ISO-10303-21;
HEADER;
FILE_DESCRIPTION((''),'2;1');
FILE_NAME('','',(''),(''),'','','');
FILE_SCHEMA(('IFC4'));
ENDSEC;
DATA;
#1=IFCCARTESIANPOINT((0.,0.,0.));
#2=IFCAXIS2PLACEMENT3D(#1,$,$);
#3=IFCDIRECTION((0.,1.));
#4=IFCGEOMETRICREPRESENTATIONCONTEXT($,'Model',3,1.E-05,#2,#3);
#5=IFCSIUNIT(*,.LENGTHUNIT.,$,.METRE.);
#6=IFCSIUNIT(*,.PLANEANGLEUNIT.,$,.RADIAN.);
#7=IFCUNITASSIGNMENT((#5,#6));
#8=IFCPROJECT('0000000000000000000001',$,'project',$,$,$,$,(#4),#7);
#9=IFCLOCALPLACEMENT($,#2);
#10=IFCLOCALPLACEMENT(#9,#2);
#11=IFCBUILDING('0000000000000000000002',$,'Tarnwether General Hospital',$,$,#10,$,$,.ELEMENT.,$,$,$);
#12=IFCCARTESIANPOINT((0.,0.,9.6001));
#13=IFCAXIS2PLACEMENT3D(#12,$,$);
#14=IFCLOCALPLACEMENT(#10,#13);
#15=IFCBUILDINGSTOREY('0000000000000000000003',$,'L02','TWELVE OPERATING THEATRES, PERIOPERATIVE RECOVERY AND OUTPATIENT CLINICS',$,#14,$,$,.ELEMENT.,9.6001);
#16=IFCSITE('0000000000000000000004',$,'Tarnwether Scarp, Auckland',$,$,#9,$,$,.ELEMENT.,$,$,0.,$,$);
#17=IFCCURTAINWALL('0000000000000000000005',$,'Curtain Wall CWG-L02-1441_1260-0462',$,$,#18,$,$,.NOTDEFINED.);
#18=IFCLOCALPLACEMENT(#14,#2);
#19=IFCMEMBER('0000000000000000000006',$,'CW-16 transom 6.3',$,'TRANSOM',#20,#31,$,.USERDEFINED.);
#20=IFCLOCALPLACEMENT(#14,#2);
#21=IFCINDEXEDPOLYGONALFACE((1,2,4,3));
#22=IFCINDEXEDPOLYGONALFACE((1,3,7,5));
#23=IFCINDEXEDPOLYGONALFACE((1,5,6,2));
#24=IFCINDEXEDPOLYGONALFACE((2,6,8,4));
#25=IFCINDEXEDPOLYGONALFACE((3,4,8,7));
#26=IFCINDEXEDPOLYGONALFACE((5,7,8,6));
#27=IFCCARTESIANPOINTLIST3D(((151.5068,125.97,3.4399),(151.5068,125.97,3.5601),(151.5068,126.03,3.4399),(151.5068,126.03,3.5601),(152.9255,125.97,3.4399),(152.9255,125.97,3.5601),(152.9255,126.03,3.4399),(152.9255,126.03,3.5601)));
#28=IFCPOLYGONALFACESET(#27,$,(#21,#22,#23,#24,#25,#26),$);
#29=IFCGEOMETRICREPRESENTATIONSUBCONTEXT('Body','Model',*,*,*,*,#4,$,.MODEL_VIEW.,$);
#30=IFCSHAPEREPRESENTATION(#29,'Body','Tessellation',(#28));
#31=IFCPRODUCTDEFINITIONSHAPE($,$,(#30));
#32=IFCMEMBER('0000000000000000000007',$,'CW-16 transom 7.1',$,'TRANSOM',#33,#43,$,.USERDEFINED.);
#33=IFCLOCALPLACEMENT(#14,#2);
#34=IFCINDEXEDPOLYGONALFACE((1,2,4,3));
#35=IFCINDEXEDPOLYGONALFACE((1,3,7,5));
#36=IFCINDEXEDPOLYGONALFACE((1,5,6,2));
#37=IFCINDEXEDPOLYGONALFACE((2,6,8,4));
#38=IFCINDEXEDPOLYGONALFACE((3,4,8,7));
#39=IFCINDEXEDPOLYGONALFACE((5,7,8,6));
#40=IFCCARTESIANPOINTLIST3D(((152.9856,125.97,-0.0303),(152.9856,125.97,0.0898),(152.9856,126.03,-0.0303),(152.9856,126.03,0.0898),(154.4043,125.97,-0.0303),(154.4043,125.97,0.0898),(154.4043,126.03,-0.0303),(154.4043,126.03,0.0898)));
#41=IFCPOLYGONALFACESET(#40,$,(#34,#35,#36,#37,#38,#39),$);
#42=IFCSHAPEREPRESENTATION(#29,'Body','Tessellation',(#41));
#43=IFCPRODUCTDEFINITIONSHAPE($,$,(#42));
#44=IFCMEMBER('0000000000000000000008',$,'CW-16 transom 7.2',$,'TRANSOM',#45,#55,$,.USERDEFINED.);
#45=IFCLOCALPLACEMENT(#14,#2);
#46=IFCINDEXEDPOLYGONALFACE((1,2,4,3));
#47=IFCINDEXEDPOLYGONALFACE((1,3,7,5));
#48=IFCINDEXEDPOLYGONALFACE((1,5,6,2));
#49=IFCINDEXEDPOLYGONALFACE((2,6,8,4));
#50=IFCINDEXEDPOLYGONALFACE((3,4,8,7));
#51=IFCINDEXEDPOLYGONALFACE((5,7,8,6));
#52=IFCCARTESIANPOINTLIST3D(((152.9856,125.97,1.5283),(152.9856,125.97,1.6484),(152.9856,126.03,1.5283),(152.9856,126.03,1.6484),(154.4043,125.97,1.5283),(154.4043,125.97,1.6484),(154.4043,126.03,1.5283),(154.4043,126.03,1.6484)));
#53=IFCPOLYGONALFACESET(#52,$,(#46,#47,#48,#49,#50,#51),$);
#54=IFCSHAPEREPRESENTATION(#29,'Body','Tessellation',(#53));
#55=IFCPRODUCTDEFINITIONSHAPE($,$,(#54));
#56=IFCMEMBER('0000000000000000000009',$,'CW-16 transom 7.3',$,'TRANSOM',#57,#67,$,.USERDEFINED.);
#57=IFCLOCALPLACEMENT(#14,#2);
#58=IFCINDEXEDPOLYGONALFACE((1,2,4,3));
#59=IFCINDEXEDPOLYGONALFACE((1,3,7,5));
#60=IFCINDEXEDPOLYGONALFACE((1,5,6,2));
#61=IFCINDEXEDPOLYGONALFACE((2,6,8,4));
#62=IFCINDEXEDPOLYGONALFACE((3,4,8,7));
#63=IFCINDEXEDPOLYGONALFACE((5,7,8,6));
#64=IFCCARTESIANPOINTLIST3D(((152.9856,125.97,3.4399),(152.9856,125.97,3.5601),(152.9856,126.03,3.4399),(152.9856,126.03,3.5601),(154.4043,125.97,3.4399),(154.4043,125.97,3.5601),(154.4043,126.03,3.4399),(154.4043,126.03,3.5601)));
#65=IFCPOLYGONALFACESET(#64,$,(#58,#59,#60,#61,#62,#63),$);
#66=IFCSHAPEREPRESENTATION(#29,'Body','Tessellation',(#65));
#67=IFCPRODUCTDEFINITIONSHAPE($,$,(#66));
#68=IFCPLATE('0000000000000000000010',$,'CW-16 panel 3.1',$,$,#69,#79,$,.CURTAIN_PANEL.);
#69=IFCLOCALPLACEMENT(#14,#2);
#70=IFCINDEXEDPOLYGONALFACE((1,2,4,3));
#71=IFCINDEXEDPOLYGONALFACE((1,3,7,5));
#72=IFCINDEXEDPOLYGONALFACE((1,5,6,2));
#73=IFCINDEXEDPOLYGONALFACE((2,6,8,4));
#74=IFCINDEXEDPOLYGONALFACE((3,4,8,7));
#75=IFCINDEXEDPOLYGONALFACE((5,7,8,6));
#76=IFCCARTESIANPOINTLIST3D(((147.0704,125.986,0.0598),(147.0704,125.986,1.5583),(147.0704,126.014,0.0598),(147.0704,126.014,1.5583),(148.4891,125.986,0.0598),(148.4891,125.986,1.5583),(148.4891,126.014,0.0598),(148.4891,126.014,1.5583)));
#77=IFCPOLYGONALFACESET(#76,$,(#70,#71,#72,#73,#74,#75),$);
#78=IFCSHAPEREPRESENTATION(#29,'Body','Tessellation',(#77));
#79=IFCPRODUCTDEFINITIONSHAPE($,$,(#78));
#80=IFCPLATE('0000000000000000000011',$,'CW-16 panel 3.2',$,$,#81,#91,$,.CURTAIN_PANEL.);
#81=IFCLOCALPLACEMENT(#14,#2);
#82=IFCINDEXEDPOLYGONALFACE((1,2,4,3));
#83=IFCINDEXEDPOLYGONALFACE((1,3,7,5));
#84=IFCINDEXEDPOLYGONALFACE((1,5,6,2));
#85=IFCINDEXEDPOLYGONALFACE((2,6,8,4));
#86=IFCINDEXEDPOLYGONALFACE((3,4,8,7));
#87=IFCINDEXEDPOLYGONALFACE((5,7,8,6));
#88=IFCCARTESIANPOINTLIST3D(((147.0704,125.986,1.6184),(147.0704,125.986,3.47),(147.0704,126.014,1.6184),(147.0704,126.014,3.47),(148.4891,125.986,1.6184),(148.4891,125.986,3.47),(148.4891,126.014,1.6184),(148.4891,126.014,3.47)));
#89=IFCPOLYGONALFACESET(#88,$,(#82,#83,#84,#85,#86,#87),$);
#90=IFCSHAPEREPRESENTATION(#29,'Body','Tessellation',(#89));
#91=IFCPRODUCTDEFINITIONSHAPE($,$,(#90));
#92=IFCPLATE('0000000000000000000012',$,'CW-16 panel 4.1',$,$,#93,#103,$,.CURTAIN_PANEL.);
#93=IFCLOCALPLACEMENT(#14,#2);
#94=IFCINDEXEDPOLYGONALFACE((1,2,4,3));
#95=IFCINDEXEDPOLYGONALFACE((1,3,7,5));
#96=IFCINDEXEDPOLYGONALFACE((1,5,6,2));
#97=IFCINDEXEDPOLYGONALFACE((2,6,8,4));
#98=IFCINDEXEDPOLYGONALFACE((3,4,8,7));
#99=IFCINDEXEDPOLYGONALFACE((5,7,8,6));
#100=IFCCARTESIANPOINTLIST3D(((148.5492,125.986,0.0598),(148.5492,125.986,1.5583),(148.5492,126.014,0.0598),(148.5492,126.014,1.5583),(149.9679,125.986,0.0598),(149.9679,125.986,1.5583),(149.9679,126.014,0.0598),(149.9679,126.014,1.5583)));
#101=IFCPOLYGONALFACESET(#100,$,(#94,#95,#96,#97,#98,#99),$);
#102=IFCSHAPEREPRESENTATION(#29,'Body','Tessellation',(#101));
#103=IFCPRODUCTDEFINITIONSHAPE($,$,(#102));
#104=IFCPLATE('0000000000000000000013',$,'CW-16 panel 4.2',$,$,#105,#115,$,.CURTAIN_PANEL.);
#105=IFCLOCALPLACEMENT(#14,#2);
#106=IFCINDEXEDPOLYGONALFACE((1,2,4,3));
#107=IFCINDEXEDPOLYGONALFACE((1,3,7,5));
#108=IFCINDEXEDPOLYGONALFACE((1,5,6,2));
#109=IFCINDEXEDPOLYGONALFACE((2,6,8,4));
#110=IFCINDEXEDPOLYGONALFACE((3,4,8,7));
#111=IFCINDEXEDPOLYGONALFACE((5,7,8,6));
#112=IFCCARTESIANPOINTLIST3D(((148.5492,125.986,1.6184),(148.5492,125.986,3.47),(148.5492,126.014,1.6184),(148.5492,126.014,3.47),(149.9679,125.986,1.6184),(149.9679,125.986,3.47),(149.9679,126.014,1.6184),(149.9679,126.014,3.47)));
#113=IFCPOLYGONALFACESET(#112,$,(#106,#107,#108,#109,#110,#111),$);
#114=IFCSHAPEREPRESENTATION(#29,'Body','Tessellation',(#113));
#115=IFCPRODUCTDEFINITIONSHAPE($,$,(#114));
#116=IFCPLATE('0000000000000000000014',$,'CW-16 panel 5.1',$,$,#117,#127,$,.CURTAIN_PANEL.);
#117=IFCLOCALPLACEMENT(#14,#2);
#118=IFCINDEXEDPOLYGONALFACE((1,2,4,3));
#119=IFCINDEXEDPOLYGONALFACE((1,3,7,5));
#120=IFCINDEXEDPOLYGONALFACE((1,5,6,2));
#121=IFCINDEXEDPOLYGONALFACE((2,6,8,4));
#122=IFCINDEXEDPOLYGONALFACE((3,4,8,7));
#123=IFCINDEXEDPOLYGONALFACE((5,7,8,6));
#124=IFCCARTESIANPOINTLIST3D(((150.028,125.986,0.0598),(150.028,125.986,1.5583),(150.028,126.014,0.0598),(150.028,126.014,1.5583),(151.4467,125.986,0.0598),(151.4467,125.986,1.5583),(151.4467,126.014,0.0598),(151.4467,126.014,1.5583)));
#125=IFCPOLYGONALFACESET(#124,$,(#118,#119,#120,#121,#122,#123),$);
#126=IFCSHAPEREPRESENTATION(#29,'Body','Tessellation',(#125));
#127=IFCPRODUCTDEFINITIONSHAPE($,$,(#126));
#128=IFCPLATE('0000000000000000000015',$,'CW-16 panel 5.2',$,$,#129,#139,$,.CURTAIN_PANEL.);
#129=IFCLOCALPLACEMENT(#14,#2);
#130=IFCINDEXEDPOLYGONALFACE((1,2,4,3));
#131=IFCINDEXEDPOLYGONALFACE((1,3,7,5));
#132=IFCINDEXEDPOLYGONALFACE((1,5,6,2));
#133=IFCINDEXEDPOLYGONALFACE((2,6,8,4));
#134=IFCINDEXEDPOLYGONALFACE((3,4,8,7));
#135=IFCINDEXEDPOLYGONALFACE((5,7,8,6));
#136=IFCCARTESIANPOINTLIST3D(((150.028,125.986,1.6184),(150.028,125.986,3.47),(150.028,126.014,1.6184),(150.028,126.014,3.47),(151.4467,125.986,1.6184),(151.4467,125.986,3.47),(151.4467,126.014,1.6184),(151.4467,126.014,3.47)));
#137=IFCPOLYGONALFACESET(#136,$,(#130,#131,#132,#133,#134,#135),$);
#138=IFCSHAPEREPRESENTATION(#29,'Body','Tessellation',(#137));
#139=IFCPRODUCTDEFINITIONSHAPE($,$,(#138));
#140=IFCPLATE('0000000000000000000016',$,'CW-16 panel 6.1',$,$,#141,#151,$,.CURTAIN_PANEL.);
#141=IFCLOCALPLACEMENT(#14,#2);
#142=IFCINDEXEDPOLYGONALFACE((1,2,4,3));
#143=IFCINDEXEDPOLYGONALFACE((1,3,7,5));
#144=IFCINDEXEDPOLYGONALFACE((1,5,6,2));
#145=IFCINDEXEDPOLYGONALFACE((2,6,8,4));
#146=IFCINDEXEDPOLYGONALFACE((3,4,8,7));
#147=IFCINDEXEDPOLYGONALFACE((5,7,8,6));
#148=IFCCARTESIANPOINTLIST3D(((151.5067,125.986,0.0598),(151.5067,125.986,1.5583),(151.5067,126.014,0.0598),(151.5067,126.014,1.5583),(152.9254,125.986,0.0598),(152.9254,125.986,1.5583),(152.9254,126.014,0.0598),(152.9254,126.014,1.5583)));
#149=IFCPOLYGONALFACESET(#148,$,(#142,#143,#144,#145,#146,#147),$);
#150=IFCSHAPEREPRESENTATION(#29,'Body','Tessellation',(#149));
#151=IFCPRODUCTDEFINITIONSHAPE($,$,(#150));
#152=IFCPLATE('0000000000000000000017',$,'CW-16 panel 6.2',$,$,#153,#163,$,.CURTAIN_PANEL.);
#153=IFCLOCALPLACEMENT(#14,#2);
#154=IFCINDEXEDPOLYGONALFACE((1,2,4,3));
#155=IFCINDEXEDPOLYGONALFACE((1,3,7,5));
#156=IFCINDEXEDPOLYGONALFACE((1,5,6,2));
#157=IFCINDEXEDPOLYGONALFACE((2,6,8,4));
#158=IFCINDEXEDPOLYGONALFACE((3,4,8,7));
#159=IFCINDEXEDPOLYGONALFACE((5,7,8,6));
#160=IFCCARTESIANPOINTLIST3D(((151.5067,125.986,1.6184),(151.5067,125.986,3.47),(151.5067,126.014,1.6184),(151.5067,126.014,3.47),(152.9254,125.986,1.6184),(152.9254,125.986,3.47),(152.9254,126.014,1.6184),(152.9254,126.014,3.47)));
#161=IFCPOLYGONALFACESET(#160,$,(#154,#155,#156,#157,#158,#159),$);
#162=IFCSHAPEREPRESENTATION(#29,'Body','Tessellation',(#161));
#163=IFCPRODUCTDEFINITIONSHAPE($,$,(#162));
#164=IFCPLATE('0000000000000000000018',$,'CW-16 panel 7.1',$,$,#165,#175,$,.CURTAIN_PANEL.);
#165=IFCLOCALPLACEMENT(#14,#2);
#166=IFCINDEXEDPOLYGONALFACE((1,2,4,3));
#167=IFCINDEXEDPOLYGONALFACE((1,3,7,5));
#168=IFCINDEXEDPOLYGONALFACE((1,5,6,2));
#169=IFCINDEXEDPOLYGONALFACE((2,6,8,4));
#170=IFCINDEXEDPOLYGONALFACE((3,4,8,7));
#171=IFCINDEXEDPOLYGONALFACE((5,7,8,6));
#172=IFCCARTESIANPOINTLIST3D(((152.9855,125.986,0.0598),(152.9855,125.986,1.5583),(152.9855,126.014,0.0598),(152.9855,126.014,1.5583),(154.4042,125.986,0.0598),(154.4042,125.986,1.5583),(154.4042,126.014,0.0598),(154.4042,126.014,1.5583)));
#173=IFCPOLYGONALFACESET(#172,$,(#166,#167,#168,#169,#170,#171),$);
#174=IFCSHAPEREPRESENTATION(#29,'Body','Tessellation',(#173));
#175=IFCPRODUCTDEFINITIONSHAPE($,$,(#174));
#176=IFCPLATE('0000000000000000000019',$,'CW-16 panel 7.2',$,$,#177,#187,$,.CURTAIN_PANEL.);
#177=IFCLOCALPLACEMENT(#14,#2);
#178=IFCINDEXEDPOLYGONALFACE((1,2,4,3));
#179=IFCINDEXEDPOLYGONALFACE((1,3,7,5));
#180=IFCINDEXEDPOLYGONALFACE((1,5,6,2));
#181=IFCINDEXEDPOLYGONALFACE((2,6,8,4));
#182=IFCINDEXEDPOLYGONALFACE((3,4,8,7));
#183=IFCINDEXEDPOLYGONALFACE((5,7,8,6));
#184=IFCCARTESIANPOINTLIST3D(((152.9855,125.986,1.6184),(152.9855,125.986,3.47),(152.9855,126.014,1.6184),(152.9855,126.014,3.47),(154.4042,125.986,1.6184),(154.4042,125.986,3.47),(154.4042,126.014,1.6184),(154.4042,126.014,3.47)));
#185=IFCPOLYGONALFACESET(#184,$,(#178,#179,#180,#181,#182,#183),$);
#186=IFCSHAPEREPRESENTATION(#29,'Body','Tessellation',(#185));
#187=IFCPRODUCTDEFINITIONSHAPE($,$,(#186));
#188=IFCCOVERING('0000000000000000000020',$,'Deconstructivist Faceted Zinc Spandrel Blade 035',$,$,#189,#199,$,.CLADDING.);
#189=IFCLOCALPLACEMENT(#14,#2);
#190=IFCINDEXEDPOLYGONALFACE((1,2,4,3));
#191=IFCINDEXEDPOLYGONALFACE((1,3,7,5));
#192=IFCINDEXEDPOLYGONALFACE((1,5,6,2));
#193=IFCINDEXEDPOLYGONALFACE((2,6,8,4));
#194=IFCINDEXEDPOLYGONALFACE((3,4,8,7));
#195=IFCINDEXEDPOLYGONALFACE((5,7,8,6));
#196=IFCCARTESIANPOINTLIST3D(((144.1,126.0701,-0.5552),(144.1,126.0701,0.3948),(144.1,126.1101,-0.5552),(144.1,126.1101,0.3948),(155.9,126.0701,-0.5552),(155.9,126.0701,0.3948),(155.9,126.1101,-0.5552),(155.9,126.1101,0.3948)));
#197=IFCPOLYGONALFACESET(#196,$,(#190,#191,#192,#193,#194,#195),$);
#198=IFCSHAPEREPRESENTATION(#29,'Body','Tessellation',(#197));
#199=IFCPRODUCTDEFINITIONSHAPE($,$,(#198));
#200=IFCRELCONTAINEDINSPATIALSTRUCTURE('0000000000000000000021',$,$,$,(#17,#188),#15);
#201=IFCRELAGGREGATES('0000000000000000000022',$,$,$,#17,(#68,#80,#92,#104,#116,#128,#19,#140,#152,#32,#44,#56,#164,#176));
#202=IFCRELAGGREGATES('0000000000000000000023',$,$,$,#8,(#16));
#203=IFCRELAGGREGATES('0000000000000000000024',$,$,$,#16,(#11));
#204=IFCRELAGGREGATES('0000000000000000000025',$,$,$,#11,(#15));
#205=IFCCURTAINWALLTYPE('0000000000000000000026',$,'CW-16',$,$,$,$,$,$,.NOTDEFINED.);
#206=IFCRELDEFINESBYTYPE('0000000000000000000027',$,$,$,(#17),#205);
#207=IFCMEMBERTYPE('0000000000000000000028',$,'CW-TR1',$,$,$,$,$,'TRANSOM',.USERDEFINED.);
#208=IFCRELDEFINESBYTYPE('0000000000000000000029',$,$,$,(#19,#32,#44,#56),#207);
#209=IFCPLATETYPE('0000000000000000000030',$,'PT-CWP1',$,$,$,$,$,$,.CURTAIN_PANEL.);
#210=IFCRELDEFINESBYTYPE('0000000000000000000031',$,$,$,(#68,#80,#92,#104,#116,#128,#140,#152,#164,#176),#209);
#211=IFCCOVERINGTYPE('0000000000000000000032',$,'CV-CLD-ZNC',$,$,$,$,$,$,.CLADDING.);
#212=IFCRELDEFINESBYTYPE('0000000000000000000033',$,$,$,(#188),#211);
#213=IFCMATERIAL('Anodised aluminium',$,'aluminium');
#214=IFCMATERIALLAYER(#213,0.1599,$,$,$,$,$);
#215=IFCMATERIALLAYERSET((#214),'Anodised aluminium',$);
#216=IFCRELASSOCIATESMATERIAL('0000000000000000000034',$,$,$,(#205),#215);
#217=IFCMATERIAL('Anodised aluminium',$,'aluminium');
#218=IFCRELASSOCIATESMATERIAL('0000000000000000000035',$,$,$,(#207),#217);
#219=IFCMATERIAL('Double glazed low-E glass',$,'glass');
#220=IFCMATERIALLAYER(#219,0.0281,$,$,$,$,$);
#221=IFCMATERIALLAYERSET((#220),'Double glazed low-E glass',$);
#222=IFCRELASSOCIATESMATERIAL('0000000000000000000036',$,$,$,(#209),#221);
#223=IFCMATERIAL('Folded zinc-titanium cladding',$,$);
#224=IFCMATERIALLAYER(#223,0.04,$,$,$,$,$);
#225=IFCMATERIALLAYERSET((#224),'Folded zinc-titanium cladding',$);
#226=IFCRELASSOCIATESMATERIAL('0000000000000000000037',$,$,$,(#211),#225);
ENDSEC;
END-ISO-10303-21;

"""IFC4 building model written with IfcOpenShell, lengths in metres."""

from ifc_helpers import new_model, si_unit, direction, frame, origin, origin_2d, place, context, subcontext, project, spatial, rectangle, extrude, material, layer, layer_set, material_profile, profile_set, type_object, element, aggregate, save


model = new_model("IFC4")

# Units and contexts
model_context = context("Model", 3, precision=1e-05, world=origin(), true_north=direction((0.0, 1.0)))
body_context = subcontext(model_context, "Body", "Model", "MODEL_VIEW")
ifc_project = project(units=[si_unit("LENGTHUNIT", "METRE"), si_unit("PLANEANGLEUNIT", "RADIAN")], contexts=[model_context])

# Site, building, storey
site_placement = place(None, origin())
site = spatial("IfcSite", under=ifc_project, at=site_placement, Name="Tarnwether Scarp, Auckland", CompositionType="ELEMENT", RefElevation=0.0)
building_placement = place(site_placement, origin())
building = spatial("IfcBuilding", under=site, at=building_placement, Name="Tarnwether General Hospital", CompositionType="ELEMENT")
storey_placement = place(building_placement, frame((0.0, 0.0, 9.6001)))
storey = spatial("IfcBuildingStorey", under=building, at=storey_placement, Name="L02", Description="TWELVE OPERATING THEATRES, PERIOPERATIVE RECOVERY AND OUTPATIENT CLINICS", CompositionType="ELEMENT", Elevation=9.6001)

# Curtain wall, members, plates
ifc_material_1 = material(Name="Anodised aluminium", Category="aluminium")
ifc_layer_1 = layer(ifc_material_1, 0.1599)
ifc_layer_set_1 = layer_set([ifc_layer_1], Name="Anodised aluminium")
curtain_wall_type = type_object("IfcCurtainWallType", Name="CW-16", PredefinedType="NOTDEFINED", material=ifc_layer_set_1)
curtain_wall_placement = place(storey_placement, origin())
curtain_wall = element("IfcCurtainWall", 1, at=curtain_wall_placement, inside=storey, type_object=curtain_wall_type, Name="Curtain Wall CWG-L02-1441_1260-0462", PredefinedType="NOTDEFINED")
ifc_material_2 = material(Name="Anodised aluminium", Category="aluminium")
ifc_material_profile_1 = material_profile(ifc_material_2, rectangle(XDim=0.0601, YDim=0.1201, at=origin_2d()), Name="ALU-TRN-60x120")
ifc_profile_set_1 = profile_set([ifc_material_profile_1], Name="Anodised aluminium")
member_type_1 = type_object("IfcMemberType", Name="CW-TR1", ElementType="TRANSOM", PredefinedType="USERDEFINED", material=ifc_profile_set_1)
member_1_placement = place(storey_placement, frame((151.5068, 126.0, 3.5), z_axis=(1.0, 0.0, 0.0), x_axis=(0.0, 1.0, 0.0)))
member_1 = element("IfcMember", 2, at=member_1_placement, type_object=member_type_1, Name="CW-16 transom 6.3", ObjectType="TRANSOM", PredefinedType="USERDEFINED", context=body_context, shape_type="SweptSolid", body=[
    extrude(rectangle(XDim=0.0601, YDim=0.1201, at=origin_2d()), origin(), (0.0, 0.0, 1.0), 1.4187),
])
member_2_placement = place(storey_placement, frame((152.9856, 126.0, 0.0298), z_axis=(1.0, 0.0, 0.0), x_axis=(0.0, 1.0, 0.0)))
member_2 = element("IfcMember", 3, at=member_2_placement, type_object=member_type_1, Name="CW-16 transom 7.1", ObjectType="TRANSOM", PredefinedType="USERDEFINED", context=body_context, shape_type="SweptSolid", body=[
    extrude(rectangle(XDim=0.0601, YDim=0.1201, at=origin_2d()), origin(), (0.0, 0.0, 1.0), 1.4187),
])
member_3_placement = place(storey_placement, frame((152.9856, 126.0, 1.5884), z_axis=(1.0, 0.0, 0.0), x_axis=(0.0, 1.0, 0.0)))
member_3 = element("IfcMember", 4, at=member_3_placement, type_object=member_type_1, Name="CW-16 transom 7.2", ObjectType="TRANSOM", PredefinedType="USERDEFINED", context=body_context, shape_type="SweptSolid", body=[
    extrude(rectangle(XDim=0.0601, YDim=0.1201, at=origin_2d()), origin(), (0.0, 0.0, 1.0), 1.4187),
])
member_4_placement = place(storey_placement, frame((152.9856, 126.0, 3.5), z_axis=(1.0, 0.0, 0.0), x_axis=(0.0, 1.0, 0.0)))
member_4 = element("IfcMember", 5, at=member_4_placement, type_object=member_type_1, Name="CW-16 transom 7.3", ObjectType="TRANSOM", PredefinedType="USERDEFINED", context=body_context, shape_type="SweptSolid", body=[
    extrude(rectangle(XDim=0.0601, YDim=0.1201, at=origin_2d()), origin(), (0.0, 0.0, 1.0), 1.4187),
])
ifc_material_3 = material(Name="Double glazed low-E glass", Category="glass")
ifc_layer_2 = layer(ifc_material_3, 0.0281)
ifc_layer_set_2 = layer_set([ifc_layer_2], Name="Double glazed low-E glass")
plate_type = type_object("IfcPlateType", Name="PT-CWP1", PredefinedType="CURTAIN_PANEL", material=ifc_layer_set_2)
plate_1_placement = place(storey_placement, frame((147.7798, 126.0, 0.0598), z_axis=(0.0, 0.0, 1.0), x_axis=(1.0, 0.0, 0.0)))
plate_1 = element("IfcPlate", 6, at=plate_1_placement, type_object=plate_type, Name="CW-16 panel 3.1", PredefinedType="CURTAIN_PANEL", context=body_context, shape_type="SweptSolid", body=[
    extrude(rectangle(XDim=1.4187, YDim=0.0281, at=origin_2d()), origin(), (0.0, 0.0, 1.0), 1.4985),
])
plate_2_placement = place(storey_placement, frame((147.7798, 126.0, 1.6184), z_axis=(0.0, 0.0, 1.0), x_axis=(1.0, 0.0, 0.0)))
plate_2 = element("IfcPlate", 7, at=plate_2_placement, type_object=plate_type, Name="CW-16 panel 3.2", PredefinedType="CURTAIN_PANEL", context=body_context, shape_type="SweptSolid", body=[
    extrude(rectangle(XDim=1.4187, YDim=0.0281, at=origin_2d()), origin(), (0.0, 0.0, 1.0), 1.8516),
])
plate_3_placement = place(storey_placement, frame((149.2585, 126.0, 0.0598), z_axis=(0.0, 0.0, 1.0), x_axis=(1.0, 0.0, 0.0)))
plate_3 = element("IfcPlate", 8, at=plate_3_placement, type_object=plate_type, Name="CW-16 panel 4.1", PredefinedType="CURTAIN_PANEL", context=body_context, shape_type="SweptSolid", body=[
    extrude(rectangle(XDim=1.4187, YDim=0.0281, at=origin_2d()), origin(), (0.0, 0.0, 1.0), 1.4985),
])
plate_4_placement = place(storey_placement, frame((149.2585, 126.0, 1.6184), z_axis=(0.0, 0.0, 1.0), x_axis=(1.0, 0.0, 0.0)))
plate_4 = element("IfcPlate", 9, at=plate_4_placement, type_object=plate_type, Name="CW-16 panel 4.2", PredefinedType="CURTAIN_PANEL", context=body_context, shape_type="SweptSolid", body=[
    extrude(rectangle(XDim=1.4187, YDim=0.0281, at=origin_2d()), origin(), (0.0, 0.0, 1.0), 1.8516),
])
plate_5_placement = place(storey_placement, frame((150.7373, 126.0, 0.0598), z_axis=(0.0, 0.0, 1.0), x_axis=(1.0, 0.0, 0.0)))
plate_5 = element("IfcPlate", 10, at=plate_5_placement, type_object=plate_type, Name="CW-16 panel 5.1", PredefinedType="CURTAIN_PANEL", context=body_context, shape_type="SweptSolid", body=[
    extrude(rectangle(XDim=1.4187, YDim=0.0281, at=origin_2d()), origin(), (0.0, 0.0, 1.0), 1.4985),
])
plate_6_placement = place(storey_placement, frame((150.7373, 126.0, 1.6184), z_axis=(0.0, 0.0, 1.0), x_axis=(1.0, 0.0, 0.0)))
plate_6 = element("IfcPlate", 11, at=plate_6_placement, type_object=plate_type, Name="CW-16 panel 5.2", PredefinedType="CURTAIN_PANEL", context=body_context, shape_type="SweptSolid", body=[
    extrude(rectangle(XDim=1.4187, YDim=0.0281, at=origin_2d()), origin(), (0.0, 0.0, 1.0), 1.8516),
])
plate_7_placement = place(storey_placement, frame((152.2161, 126.0, 0.0598), z_axis=(0.0, 0.0, 1.0), x_axis=(1.0, 0.0, 0.0)))
plate_7 = element("IfcPlate", 12, at=plate_7_placement, type_object=plate_type, Name="CW-16 panel 6.1", PredefinedType="CURTAIN_PANEL", context=body_context, shape_type="SweptSolid", body=[
    extrude(rectangle(XDim=1.4187, YDim=0.0281, at=origin_2d()), origin(), (0.0, 0.0, 1.0), 1.4985),
])
plate_8_placement = place(storey_placement, frame((152.2161, 126.0, 1.6184), z_axis=(0.0, 0.0, 1.0), x_axis=(1.0, 0.0, 0.0)))
plate_8 = element("IfcPlate", 13, at=plate_8_placement, type_object=plate_type, Name="CW-16 panel 6.2", PredefinedType="CURTAIN_PANEL", context=body_context, shape_type="SweptSolid", body=[
    extrude(rectangle(XDim=1.4187, YDim=0.0281, at=origin_2d()), origin(), (0.0, 0.0, 1.0), 1.8516),
])
plate_9_placement = place(storey_placement, frame((153.6948, 126.0, 0.0598), z_axis=(0.0, 0.0, 1.0), x_axis=(1.0, 0.0, 0.0)))
plate_9 = element("IfcPlate", 14, at=plate_9_placement, type_object=plate_type, Name="CW-16 panel 7.1", PredefinedType="CURTAIN_PANEL", context=body_context, shape_type="SweptSolid", body=[
    extrude(rectangle(XDim=1.4187, YDim=0.0281, at=origin_2d()), origin(), (0.0, 0.0, 1.0), 1.4985),
])
plate_10_placement = place(storey_placement, frame((153.6948, 126.0, 1.6184), z_axis=(0.0, 0.0, 1.0), x_axis=(1.0, 0.0, 0.0)))
plate_10 = element("IfcPlate", 15, at=plate_10_placement, type_object=plate_type, Name="CW-16 panel 7.2", PredefinedType="CURTAIN_PANEL", context=body_context, shape_type="SweptSolid", body=[
    extrude(rectangle(XDim=1.4187, YDim=0.0281, at=origin_2d()), origin(), (0.0, 0.0, 1.0), 1.8516),
])
aggregate(curtain_wall, [plate_1, plate_2, plate_3, plate_4, plate_5, plate_6, member_1, plate_7, plate_8, member_2, member_3, member_4, plate_9, plate_10])

# Covering
ifc_material_4 = material(Name="Folded zinc-titanium cladding")
ifc_layer_3 = layer(ifc_material_4, 0.04)
ifc_layer_set_3 = layer_set([ifc_layer_3], Name="Folded zinc-titanium cladding")
covering_type = type_object("IfcCoveringType", Name="CV-CLD-ZNC", PredefinedType="CLADDING", material=ifc_layer_set_3)
covering_placement = place(storey_placement, frame((150.0, 126.0901, -0.5552), z_axis=(0.0, 0.0, 1.0), x_axis=(1.0, 0.0, 0.0)))
element("IfcCovering", 16, at=covering_placement, inside=storey, type_object=covering_type, Name="Deconstructivist Faceted Zinc Spandrel Blade 035", PredefinedType="CLADDING", context=body_context, shape_type="SweptSolid", body=[
    extrude(rectangle(XDim=11.8, YDim=0.04, at=origin_2d()), origin(), (0.0, 0.0, 1.0), 0.95),
])

save(model, "model.ifc")
